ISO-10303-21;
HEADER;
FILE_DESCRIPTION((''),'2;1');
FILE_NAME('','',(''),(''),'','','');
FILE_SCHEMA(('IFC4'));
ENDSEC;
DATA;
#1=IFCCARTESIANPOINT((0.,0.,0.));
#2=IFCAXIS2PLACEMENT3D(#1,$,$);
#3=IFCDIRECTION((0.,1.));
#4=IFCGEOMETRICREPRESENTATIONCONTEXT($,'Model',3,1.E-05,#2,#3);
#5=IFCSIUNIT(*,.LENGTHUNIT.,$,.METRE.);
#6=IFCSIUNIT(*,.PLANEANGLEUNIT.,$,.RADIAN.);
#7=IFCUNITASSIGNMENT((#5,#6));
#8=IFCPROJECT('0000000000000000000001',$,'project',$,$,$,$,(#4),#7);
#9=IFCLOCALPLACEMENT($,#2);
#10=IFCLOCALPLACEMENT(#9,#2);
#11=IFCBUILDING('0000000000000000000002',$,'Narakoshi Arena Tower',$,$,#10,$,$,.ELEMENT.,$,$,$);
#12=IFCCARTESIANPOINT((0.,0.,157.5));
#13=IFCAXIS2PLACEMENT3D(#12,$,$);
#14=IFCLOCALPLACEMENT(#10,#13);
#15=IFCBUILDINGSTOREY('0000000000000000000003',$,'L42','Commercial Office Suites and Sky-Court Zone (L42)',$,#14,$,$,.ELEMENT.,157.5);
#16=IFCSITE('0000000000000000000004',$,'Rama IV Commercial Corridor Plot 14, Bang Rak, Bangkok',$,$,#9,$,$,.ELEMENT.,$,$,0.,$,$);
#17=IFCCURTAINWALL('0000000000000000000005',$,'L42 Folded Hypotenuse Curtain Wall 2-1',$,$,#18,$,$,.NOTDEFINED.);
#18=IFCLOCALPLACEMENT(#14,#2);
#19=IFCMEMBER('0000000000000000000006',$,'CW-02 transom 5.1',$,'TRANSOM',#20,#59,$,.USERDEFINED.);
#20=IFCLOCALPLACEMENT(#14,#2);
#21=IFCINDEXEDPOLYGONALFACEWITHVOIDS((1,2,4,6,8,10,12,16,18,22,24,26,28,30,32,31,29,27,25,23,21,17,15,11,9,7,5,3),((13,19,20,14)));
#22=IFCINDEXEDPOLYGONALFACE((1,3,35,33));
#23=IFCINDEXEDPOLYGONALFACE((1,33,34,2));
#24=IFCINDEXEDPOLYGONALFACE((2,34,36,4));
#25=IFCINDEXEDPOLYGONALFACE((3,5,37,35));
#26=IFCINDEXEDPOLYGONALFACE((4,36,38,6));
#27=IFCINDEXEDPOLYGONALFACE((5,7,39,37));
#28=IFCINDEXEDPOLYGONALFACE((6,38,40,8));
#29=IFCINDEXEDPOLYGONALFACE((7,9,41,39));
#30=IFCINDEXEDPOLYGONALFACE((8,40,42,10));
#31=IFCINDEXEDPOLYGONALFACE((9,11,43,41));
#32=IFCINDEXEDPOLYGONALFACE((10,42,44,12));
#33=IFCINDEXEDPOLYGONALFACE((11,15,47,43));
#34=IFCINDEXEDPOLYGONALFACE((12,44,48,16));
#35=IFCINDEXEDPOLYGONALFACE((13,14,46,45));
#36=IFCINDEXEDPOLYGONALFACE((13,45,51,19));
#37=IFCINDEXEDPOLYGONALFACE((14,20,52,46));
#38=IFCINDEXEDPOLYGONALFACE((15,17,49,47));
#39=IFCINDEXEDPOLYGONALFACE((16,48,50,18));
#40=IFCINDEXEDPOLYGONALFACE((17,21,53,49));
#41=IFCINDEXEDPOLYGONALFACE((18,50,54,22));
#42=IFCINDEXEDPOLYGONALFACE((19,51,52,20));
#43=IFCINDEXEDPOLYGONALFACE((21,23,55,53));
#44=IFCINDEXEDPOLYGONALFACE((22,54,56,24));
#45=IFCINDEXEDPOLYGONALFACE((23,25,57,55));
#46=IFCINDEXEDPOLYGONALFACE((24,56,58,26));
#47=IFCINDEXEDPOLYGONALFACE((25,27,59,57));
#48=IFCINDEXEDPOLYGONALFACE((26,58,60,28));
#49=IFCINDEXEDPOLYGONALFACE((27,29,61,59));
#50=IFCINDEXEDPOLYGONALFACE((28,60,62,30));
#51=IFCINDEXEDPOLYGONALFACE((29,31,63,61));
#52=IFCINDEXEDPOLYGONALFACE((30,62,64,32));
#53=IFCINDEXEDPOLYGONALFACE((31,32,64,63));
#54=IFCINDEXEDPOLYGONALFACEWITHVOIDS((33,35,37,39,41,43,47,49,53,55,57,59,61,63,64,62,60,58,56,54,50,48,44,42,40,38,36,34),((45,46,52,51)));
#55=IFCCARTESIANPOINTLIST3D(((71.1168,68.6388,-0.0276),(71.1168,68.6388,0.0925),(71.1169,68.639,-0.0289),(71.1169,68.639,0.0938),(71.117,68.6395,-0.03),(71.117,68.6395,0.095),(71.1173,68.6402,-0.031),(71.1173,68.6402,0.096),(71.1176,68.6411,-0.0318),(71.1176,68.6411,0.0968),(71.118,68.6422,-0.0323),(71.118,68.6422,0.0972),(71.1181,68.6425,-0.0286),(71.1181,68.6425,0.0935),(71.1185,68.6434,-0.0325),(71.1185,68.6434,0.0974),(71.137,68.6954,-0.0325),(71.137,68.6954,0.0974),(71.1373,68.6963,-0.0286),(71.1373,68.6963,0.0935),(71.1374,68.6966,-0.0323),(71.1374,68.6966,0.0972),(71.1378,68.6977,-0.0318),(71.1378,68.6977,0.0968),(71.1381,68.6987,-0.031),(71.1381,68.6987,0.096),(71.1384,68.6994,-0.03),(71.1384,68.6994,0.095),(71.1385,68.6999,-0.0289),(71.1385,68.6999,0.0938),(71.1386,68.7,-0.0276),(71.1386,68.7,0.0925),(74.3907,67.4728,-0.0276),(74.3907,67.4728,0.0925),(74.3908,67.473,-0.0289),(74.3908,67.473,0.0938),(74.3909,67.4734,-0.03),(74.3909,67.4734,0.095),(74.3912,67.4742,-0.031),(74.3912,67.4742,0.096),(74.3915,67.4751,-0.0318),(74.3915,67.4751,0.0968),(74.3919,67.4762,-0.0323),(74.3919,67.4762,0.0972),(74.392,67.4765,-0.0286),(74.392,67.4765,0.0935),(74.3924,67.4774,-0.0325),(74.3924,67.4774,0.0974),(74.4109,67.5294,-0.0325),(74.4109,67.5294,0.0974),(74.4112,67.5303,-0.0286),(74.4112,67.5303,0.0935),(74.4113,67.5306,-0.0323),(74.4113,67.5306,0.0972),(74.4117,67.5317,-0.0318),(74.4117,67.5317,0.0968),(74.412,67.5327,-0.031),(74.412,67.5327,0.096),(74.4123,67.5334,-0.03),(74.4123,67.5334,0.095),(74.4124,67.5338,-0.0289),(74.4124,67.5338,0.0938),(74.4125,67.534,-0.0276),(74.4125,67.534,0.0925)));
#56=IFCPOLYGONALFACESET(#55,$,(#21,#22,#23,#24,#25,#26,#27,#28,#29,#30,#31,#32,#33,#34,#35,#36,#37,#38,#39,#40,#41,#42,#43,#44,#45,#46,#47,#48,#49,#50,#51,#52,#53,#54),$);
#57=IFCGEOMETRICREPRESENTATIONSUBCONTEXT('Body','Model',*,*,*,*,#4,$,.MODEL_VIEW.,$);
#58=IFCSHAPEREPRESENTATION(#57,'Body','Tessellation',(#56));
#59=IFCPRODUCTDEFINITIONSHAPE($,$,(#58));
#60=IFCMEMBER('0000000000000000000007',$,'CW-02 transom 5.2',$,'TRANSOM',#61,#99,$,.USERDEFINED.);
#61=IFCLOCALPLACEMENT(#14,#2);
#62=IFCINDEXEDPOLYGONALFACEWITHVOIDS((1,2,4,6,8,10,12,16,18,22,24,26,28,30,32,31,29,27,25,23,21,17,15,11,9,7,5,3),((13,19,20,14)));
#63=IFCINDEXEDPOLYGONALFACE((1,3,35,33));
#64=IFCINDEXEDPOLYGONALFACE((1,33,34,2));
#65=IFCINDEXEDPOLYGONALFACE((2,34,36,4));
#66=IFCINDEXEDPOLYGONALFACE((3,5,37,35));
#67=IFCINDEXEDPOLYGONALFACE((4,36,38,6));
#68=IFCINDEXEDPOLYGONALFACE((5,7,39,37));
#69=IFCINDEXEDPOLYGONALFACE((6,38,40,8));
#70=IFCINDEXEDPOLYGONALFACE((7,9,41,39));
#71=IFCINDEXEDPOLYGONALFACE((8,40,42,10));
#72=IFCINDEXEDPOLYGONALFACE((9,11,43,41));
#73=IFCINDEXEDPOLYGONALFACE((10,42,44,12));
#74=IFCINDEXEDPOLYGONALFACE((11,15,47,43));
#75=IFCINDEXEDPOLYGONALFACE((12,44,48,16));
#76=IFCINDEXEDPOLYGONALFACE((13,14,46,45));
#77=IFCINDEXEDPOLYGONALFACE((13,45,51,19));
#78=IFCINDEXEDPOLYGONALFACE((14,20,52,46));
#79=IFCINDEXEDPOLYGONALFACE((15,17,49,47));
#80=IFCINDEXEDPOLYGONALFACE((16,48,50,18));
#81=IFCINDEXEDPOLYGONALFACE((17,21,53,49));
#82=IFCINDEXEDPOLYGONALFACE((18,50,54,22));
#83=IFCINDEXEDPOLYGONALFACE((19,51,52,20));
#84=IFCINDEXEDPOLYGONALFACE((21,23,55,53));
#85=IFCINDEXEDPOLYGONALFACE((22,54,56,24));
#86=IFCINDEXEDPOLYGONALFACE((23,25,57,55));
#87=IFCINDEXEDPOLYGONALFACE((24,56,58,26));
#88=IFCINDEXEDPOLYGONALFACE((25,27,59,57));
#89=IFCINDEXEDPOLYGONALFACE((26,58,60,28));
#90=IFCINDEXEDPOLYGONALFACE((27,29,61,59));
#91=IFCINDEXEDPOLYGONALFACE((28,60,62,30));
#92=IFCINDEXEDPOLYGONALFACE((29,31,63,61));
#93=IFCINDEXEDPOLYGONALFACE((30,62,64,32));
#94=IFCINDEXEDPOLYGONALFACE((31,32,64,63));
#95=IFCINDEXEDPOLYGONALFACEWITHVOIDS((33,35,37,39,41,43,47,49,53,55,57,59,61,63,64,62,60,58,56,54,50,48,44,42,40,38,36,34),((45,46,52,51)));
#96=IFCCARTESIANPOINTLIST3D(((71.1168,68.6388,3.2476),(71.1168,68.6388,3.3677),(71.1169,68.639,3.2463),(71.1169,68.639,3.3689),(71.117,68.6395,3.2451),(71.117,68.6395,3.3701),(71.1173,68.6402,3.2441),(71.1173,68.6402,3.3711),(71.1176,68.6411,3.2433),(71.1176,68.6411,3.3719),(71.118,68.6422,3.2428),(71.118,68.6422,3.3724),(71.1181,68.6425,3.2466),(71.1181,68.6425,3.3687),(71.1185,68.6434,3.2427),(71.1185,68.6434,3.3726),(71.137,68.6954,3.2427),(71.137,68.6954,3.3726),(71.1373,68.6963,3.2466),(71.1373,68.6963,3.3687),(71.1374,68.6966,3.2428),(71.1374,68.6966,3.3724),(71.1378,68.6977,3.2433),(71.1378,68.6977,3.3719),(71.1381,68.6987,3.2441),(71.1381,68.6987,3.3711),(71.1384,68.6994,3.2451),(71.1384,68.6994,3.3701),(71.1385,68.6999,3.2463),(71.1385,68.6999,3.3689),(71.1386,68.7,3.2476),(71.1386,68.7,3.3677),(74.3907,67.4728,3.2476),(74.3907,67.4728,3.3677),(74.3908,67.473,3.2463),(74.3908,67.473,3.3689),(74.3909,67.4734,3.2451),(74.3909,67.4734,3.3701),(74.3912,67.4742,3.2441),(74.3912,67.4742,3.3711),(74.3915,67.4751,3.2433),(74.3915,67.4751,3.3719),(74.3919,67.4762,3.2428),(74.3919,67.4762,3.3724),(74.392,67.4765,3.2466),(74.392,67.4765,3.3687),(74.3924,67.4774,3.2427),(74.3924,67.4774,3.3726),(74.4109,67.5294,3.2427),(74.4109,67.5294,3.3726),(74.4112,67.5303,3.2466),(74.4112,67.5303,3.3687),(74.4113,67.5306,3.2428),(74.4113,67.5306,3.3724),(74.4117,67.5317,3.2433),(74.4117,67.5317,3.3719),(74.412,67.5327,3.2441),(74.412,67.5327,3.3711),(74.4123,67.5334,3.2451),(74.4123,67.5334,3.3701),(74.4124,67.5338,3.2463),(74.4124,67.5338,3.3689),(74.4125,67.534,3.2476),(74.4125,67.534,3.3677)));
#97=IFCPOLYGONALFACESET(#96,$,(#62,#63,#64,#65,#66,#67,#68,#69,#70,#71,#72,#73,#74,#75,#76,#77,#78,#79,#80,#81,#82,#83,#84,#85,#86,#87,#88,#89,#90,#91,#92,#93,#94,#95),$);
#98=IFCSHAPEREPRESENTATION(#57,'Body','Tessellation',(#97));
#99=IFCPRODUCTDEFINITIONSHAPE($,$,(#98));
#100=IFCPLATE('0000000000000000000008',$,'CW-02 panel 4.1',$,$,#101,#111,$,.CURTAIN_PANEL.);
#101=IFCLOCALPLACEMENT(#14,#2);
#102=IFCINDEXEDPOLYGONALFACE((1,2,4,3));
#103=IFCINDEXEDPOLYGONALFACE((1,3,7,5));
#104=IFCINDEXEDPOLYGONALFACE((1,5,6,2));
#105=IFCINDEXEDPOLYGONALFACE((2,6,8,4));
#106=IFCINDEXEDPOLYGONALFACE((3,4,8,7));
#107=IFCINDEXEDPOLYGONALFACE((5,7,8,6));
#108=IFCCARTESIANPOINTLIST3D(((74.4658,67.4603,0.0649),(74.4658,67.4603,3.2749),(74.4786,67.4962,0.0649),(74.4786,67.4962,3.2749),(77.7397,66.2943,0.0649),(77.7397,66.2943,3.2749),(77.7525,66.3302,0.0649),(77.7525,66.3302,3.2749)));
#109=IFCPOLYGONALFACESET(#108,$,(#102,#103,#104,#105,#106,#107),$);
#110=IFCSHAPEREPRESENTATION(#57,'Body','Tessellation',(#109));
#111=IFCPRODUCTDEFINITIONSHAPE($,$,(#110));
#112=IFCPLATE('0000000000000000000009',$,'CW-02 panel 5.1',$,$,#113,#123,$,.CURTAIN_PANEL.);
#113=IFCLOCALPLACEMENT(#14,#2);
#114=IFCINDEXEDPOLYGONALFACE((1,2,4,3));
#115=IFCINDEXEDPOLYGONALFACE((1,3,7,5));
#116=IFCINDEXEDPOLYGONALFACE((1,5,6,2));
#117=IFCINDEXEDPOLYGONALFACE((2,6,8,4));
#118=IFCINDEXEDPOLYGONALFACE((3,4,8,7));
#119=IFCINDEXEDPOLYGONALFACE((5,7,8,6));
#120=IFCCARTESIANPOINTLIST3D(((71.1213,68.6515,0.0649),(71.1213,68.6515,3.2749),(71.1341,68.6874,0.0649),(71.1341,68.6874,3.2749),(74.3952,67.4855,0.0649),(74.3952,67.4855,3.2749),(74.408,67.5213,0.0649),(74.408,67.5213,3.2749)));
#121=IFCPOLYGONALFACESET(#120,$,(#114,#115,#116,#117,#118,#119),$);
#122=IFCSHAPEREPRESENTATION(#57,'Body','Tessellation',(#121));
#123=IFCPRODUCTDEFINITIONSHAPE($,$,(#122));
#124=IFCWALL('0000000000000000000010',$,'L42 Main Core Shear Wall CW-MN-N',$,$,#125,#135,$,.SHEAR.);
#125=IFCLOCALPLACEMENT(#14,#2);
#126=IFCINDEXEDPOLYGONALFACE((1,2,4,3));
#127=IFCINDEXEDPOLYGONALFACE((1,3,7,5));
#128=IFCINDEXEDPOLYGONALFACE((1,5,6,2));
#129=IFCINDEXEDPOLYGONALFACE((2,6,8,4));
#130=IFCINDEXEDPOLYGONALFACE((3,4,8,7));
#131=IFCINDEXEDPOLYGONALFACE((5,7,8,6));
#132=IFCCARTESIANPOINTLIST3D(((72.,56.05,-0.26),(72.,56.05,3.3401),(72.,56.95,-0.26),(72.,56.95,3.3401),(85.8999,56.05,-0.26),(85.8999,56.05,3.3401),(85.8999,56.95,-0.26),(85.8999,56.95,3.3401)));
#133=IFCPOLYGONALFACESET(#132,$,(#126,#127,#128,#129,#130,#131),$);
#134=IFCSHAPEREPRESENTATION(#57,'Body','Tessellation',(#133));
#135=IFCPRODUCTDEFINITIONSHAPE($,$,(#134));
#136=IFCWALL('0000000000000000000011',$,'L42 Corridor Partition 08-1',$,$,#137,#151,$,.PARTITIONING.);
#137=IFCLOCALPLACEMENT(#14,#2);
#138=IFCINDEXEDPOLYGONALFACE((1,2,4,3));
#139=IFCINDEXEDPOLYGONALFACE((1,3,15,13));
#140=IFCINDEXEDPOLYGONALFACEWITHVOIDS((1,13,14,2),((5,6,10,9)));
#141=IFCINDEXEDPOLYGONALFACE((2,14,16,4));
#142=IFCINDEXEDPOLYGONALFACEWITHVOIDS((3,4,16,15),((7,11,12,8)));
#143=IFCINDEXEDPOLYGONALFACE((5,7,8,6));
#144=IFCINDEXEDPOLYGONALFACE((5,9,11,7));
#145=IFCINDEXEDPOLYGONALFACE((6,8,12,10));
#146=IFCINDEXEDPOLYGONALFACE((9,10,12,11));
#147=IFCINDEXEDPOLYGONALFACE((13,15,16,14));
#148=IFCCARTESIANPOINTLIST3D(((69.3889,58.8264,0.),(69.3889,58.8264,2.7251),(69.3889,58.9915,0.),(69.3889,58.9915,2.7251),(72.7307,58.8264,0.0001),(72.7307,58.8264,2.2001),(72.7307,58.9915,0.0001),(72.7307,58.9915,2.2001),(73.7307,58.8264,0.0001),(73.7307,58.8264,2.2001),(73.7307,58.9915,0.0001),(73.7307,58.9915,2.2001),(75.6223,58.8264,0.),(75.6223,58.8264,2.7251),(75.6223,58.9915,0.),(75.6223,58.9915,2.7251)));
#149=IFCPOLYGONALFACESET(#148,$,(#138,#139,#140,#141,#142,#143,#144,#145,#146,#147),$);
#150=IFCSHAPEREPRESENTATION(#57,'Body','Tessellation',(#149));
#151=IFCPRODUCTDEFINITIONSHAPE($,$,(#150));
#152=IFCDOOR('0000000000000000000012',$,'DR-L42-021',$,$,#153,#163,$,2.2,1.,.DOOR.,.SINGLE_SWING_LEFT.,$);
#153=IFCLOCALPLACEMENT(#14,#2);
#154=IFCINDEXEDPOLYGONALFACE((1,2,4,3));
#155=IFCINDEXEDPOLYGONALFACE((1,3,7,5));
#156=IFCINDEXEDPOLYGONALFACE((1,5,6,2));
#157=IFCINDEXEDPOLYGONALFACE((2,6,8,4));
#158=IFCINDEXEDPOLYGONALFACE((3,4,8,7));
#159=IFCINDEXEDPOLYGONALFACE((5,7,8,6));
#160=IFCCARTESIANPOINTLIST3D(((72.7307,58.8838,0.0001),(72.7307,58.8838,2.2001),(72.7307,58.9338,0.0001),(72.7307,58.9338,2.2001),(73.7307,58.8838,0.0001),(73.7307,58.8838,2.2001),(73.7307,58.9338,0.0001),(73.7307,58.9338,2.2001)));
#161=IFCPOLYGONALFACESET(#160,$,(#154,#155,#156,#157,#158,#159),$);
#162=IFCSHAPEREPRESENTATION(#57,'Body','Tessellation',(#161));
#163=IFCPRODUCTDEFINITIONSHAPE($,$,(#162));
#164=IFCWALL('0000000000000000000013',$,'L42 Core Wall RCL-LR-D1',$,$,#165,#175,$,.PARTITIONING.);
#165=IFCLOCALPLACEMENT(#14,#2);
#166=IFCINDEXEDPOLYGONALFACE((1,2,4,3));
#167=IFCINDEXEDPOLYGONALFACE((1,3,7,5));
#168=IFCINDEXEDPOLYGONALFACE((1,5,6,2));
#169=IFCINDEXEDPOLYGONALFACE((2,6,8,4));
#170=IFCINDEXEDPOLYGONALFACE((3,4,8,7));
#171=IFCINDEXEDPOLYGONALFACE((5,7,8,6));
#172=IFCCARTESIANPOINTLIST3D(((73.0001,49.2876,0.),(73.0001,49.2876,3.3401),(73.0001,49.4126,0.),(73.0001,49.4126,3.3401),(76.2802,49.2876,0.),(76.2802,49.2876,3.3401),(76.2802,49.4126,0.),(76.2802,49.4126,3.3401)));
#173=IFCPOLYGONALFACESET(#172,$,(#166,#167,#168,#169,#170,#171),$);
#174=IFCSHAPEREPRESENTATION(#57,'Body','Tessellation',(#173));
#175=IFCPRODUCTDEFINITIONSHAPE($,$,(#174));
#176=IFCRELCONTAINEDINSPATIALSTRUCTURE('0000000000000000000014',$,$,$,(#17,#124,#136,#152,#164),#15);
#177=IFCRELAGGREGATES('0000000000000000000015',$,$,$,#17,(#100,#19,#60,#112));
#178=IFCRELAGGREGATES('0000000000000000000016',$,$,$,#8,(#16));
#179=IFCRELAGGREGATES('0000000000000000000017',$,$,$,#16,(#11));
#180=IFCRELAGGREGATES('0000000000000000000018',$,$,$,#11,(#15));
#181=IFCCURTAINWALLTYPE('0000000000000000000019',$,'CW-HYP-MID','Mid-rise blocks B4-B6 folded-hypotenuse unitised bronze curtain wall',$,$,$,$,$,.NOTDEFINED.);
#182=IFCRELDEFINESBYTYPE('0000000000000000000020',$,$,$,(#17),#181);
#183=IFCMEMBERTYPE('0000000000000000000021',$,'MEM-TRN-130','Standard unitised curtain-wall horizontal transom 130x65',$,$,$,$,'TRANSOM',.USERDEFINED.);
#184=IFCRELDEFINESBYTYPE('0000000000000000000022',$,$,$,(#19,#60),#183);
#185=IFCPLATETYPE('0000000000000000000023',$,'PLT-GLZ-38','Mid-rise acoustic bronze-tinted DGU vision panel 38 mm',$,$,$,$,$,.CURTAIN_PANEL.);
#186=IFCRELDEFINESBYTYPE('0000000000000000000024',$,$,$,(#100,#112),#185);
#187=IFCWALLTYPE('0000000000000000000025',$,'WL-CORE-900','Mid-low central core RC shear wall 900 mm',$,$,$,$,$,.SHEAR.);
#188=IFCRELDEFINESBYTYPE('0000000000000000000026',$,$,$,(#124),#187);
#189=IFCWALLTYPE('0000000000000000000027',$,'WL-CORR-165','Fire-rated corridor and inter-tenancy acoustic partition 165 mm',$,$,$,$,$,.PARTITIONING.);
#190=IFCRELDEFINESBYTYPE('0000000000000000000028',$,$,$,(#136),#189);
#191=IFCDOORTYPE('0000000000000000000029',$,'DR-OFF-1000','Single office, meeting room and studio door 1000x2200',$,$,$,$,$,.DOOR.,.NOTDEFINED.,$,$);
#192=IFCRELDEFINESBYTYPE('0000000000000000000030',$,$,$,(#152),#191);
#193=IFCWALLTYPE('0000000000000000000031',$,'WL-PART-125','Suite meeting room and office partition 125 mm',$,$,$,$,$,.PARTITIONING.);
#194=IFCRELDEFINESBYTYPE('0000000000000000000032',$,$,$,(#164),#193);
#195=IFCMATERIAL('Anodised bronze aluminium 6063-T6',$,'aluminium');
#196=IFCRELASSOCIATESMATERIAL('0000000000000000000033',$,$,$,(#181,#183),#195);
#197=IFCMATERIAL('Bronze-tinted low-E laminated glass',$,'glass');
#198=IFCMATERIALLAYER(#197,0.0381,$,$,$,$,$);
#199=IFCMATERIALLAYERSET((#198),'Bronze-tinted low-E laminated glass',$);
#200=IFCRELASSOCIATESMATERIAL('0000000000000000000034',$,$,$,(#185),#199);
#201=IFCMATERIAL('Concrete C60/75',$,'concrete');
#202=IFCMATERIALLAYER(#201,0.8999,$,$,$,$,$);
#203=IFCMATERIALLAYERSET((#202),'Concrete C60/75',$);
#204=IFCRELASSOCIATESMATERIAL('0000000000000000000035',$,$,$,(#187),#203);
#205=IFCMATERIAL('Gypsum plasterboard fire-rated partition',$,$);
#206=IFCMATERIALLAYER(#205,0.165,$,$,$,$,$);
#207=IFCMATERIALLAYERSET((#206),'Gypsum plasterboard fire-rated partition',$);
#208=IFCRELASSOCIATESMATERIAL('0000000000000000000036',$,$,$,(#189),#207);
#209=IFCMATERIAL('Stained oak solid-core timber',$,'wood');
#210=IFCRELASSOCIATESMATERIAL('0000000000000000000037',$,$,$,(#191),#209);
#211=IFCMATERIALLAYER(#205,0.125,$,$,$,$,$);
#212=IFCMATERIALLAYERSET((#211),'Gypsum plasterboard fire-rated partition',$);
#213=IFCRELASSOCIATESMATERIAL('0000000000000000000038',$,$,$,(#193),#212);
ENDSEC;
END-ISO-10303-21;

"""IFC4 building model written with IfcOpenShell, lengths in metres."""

from ifc_helpers import new_model, si_unit, direction, frame, frame_2d, origin, origin_2d, place, context, subcontext, project, spatial, rectangle, hollow_rectangle, extrude, material, layer, layer_set, material_profile, profile_set, type_object, element, fill, aggregate, save


model = new_model("IFC4")

# Units and contexts
model_context = context("Model", 3, precision=1e-05, world=origin(), true_north=direction((0.0, 1.0)))
body_context = subcontext(model_context, "Body", "Model", "MODEL_VIEW")
ifc_project = project(units=[si_unit("LENGTHUNIT", "METRE"), si_unit("PLANEANGLEUNIT", "RADIAN")], contexts=[model_context])

# Site, building, storey
site_placement = place(None, origin())
site = spatial("IfcSite", under=ifc_project, at=site_placement, Name="Rama IV Commercial Corridor Plot 14, Bang Rak, Bangkok", CompositionType="ELEMENT", RefElevation=0.0)
building_placement = place(site_placement, origin())
building = spatial("IfcBuilding", under=site, at=building_placement, Name="Narakoshi Arena Tower", CompositionType="ELEMENT")
storey_placement = place(building_placement, frame((0.0, 0.0, 157.5)))
storey = spatial("IfcBuildingStorey", under=building, at=storey_placement, Name="L42", Description="Commercial Office Suites and Sky-Court Zone (L42)", CompositionType="ELEMENT", Elevation=157.5)

# Shared definitions
ifc_material_1 = material(Name="Concrete C60/75", Category="concrete")

# Curtain wall, members, plates
ifc_material_2 = material(Name="Anodised bronze aluminium 6063-T6", Category="aluminium")
curtain_wall_type = type_object("IfcCurtainWallType", Name="CW-HYP-MID", Description="Mid-rise blocks B4-B6 folded-hypotenuse unitised bronze curtain wall", PredefinedType="NOTDEFINED", material=ifc_material_2)
curtain_wall_placement = place(storey_placement, origin())
curtain_wall = element("IfcCurtainWall", 1, at=curtain_wall_placement, inside=storey, type_object=curtain_wall_type, Name="L42 Folded Hypotenuse Curtain Wall 2-1", PredefinedType="NOTDEFINED")
ifc_material_profile_1 = material_profile(ifc_material_2, hollow_rectangle(XDim=0.0649, YDim=0.1299, WallThickness=0.0039, OuterFilletRadius=0.0049, at=origin_2d()), Name="TRN130x65x4")
ifc_profile_set_1 = profile_set([ifc_material_profile_1], Name="Anodised bronze aluminium 6063-T6")
member_type_1 = type_object("IfcMemberType", Name="MEM-TRN-130", Description="Standard unitised curtain-wall horizontal transom 130x65", ElementType="TRANSOM", PredefinedType="USERDEFINED", material=ifc_profile_set_1)
member_1_placement = place(storey_placement, frame((74.4016, 67.5034, 0.0325), z_axis=(-0.942037, 0.335509, 0.0), x_axis=(-0.335509, -0.942037, 0.0)))
member_1 = element("IfcMember", 2, at=member_1_placement, type_object=member_type_1, Name="CW-02 transom 5.1", ObjectType="TRANSOM", PredefinedType="USERDEFINED", context=body_context, shape_type="SweptSolid", body=[
    extrude(hollow_rectangle(XDim=0.0649, YDim=0.1299, WallThickness=0.0039, OuterFilletRadius=0.0049, at=origin_2d()), origin(), (0.0, 0.0, 1.0), 3.4753),
])
member_2_placement = place(storey_placement, frame((74.4016, 67.5034, 3.3076), z_axis=(-0.942037, 0.335509, 0.0), x_axis=(-0.335509, -0.942037, 0.0)))
member_2 = element("IfcMember", 3, at=member_2_placement, type_object=member_type_1, Name="CW-02 transom 5.2", ObjectType="TRANSOM", PredefinedType="USERDEFINED", context=body_context, shape_type="SweptSolid", body=[
    extrude(hollow_rectangle(XDim=0.0649, YDim=0.1299, WallThickness=0.0039, OuterFilletRadius=0.0049, at=origin_2d()), origin(), (0.0, 0.0, 1.0), 3.4753),
])
ifc_material_3 = material(Name="Bronze-tinted low-E laminated glass", Category="glass")
ifc_layer_1 = layer(ifc_material_3, 0.0381)
ifc_layer_set_1 = layer_set([ifc_layer_1], Name="Bronze-tinted low-E laminated glass")
plate_type = type_object("IfcPlateType", Name="PLT-GLZ-38", Description="Mid-rise acoustic bronze-tinted DGU vision panel 38 mm", PredefinedType="CURTAIN_PANEL", material=ifc_layer_set_1)
plate_1_placement = place(storey_placement, frame((76.1091, 66.8953, 0.0649), z_axis=(0.0, 0.0, 1.0), x_axis=(-0.942034, 0.335518, 0.0)))
plate_1 = element("IfcPlate", 4, at=plate_1_placement, type_object=plate_type, Name="CW-02 panel 4.1", PredefinedType="CURTAIN_PANEL", context=body_context, shape_type="SweptSolid", body=[
    extrude(rectangle(XDim=3.4753, YDim=0.0381, at=origin_2d()), origin(), (0.0, 0.0, 1.0), 3.21),
])
plate_2_placement = place(storey_placement, frame((72.7646, 68.0864, 0.0649), z_axis=(0.0, 0.0, 1.0), x_axis=(-0.942034, 0.335518, 0.0)))
plate_2 = element("IfcPlate", 5, at=plate_2_placement, type_object=plate_type, Name="CW-02 panel 5.1", PredefinedType="CURTAIN_PANEL", context=body_context, shape_type="SweptSolid", body=[
    extrude(rectangle(XDim=3.4753, YDim=0.0381, at=origin_2d()), origin(), (0.0, 0.0, 1.0), 3.21),
])
aggregate(curtain_wall, [plate_1, member_1, member_2, plate_2])

# Wall
ifc_layer_2 = layer(ifc_material_1, 0.8999)
ifc_layer_set_2 = layer_set([ifc_layer_2], Name="Concrete C60/75")
wall_type_1 = type_object("IfcWallType", Name="WL-CORE-900", Description="Mid-low central core RC shear wall 900 mm", PredefinedType="SHEAR", material=ifc_layer_set_2)
wall_1_placement = place(storey_placement, frame((72.0, 56.5, -0.26), z_axis=(0.0, 0.0, 1.0), x_axis=(1.0, 0.0, 0.0)))
element("IfcWall", 6, at=wall_1_placement, inside=storey, type_object=wall_type_1, Name="L42 Main Core Shear Wall CW-MN-N", PredefinedType="SHEAR", context=body_context, shape_type="SweptSolid", body=[
    extrude(rectangle(XDim=13.8999, YDim=0.8999, at=frame_2d((6.95, 0.0))), origin(), (0.0, 0.0, 1.0), 3.6001),
])

# Wall, opening, door
ifc_material_4 = material(Name="Gypsum plasterboard fire-rated partition")
ifc_layer_3 = layer(ifc_material_4, 0.165)
ifc_layer_set_3 = layer_set([ifc_layer_3], Name="Gypsum plasterboard fire-rated partition")
wall_type_2 = type_object("IfcWallType", Name="WL-CORR-165", Description="Fire-rated corridor and inter-tenancy acoustic partition 165 mm", PredefinedType="PARTITIONING", material=ifc_layer_set_3)
wall_2_placement = place(storey_placement, frame((75.6223, 58.9089, 0.0), z_axis=(0.0, 0.0, 1.0), x_axis=(-1.0, 0.0, 0.0)))
wall_2 = element("IfcWall", 7, at=wall_2_placement, inside=storey, type_object=wall_type_2, Name="L42 Corridor Partition 08-1", PredefinedType="PARTITIONING", context=body_context, shape_type="SweptSolid", body=[
    extrude(rectangle(XDim=6.2334, YDim=0.165, at=frame_2d((3.1167, 0.0))), origin(), (0.0, 0.0, 1.0), 2.7251),
])
opening_1_placement = place(wall_2_placement, frame((1.8916, 0.0, 0.0)))
opening_1 = element("IfcOpeningElement", 8, at=opening_1_placement, cuts=wall_2, PredefinedType="OPENING", context=body_context, shape_type="SweptSolid", body=[
    extrude(rectangle(XDim=1.0, YDim=2.2, at=frame_2d((0.5, 1.1001))), frame((0.0, 0.0925, 0.0), z_axis=(0.0, -1.0, 0.0), x_axis=(1.0, 0.0, 0.0)), (0.0, 0.0, 1.0), 0.1851),
])
ifc_material_5 = material(Name="Stained oak solid-core timber", Category="wood")
door_type_1 = type_object("IfcDoorType", Name="DR-OFF-1000", Description="Single office, meeting room and studio door 1000x2200", OperationType="NOTDEFINED", PredefinedType="DOOR", material=ifc_material_5)
door_1_placement = place(opening_1_placement, frame((1.0, 0.0, 0.0), z_axis=(0.0, 0.0, 1.0), x_axis=(-1.0, 0.0, 0.0)))
door_1 = element("IfcDoor", 9, at=door_1_placement, inside=storey, type_object=door_type_1, Name="DR-L42-021", OperationType="SINGLE_SWING_LEFT", OverallHeight=2.2, OverallWidth=1.0, PredefinedType="DOOR", context=body_context, shape_type="SweptSolid", body=[
    extrude(rectangle(XDim=1.0, YDim=2.2, at=frame_2d((0.5, 1.1001))), frame((0.0, 0.0249, 0.0), z_axis=(0.0, -1.0, 0.0), x_axis=(1.0, 0.0, 0.0)), (0.0, 0.0, 1.0), 0.05),
])
fill(opening_1, door_1)

# Wall
ifc_layer_4 = layer(ifc_material_4, 0.125)
ifc_layer_set_4 = layer_set([ifc_layer_4], Name="Gypsum plasterboard fire-rated partition")
wall_type_3 = type_object("IfcWallType", Name="WL-PART-125", Description="Suite meeting room and office partition 125 mm", PredefinedType="PARTITIONING", material=ifc_layer_set_4)
wall_3_placement = place(storey_placement, frame((73.0, 49.3501, 0.0), z_axis=(0.0, 0.0, 1.0), x_axis=(1.0, 0.0, 0.0)))
element("IfcWall", 10, at=wall_3_placement, inside=storey, type_object=wall_type_3, Name="L42 Core Wall RCL-LR-D1", PredefinedType="PARTITIONING", context=body_context, shape_type="SweptSolid", body=[
    extrude(rectangle(XDim=3.28, YDim=0.125, at=frame_2d((1.6401, 0.0))), origin(), (0.0, 0.0, 1.0), 3.3401),
])

save(model, "model.ifc")
